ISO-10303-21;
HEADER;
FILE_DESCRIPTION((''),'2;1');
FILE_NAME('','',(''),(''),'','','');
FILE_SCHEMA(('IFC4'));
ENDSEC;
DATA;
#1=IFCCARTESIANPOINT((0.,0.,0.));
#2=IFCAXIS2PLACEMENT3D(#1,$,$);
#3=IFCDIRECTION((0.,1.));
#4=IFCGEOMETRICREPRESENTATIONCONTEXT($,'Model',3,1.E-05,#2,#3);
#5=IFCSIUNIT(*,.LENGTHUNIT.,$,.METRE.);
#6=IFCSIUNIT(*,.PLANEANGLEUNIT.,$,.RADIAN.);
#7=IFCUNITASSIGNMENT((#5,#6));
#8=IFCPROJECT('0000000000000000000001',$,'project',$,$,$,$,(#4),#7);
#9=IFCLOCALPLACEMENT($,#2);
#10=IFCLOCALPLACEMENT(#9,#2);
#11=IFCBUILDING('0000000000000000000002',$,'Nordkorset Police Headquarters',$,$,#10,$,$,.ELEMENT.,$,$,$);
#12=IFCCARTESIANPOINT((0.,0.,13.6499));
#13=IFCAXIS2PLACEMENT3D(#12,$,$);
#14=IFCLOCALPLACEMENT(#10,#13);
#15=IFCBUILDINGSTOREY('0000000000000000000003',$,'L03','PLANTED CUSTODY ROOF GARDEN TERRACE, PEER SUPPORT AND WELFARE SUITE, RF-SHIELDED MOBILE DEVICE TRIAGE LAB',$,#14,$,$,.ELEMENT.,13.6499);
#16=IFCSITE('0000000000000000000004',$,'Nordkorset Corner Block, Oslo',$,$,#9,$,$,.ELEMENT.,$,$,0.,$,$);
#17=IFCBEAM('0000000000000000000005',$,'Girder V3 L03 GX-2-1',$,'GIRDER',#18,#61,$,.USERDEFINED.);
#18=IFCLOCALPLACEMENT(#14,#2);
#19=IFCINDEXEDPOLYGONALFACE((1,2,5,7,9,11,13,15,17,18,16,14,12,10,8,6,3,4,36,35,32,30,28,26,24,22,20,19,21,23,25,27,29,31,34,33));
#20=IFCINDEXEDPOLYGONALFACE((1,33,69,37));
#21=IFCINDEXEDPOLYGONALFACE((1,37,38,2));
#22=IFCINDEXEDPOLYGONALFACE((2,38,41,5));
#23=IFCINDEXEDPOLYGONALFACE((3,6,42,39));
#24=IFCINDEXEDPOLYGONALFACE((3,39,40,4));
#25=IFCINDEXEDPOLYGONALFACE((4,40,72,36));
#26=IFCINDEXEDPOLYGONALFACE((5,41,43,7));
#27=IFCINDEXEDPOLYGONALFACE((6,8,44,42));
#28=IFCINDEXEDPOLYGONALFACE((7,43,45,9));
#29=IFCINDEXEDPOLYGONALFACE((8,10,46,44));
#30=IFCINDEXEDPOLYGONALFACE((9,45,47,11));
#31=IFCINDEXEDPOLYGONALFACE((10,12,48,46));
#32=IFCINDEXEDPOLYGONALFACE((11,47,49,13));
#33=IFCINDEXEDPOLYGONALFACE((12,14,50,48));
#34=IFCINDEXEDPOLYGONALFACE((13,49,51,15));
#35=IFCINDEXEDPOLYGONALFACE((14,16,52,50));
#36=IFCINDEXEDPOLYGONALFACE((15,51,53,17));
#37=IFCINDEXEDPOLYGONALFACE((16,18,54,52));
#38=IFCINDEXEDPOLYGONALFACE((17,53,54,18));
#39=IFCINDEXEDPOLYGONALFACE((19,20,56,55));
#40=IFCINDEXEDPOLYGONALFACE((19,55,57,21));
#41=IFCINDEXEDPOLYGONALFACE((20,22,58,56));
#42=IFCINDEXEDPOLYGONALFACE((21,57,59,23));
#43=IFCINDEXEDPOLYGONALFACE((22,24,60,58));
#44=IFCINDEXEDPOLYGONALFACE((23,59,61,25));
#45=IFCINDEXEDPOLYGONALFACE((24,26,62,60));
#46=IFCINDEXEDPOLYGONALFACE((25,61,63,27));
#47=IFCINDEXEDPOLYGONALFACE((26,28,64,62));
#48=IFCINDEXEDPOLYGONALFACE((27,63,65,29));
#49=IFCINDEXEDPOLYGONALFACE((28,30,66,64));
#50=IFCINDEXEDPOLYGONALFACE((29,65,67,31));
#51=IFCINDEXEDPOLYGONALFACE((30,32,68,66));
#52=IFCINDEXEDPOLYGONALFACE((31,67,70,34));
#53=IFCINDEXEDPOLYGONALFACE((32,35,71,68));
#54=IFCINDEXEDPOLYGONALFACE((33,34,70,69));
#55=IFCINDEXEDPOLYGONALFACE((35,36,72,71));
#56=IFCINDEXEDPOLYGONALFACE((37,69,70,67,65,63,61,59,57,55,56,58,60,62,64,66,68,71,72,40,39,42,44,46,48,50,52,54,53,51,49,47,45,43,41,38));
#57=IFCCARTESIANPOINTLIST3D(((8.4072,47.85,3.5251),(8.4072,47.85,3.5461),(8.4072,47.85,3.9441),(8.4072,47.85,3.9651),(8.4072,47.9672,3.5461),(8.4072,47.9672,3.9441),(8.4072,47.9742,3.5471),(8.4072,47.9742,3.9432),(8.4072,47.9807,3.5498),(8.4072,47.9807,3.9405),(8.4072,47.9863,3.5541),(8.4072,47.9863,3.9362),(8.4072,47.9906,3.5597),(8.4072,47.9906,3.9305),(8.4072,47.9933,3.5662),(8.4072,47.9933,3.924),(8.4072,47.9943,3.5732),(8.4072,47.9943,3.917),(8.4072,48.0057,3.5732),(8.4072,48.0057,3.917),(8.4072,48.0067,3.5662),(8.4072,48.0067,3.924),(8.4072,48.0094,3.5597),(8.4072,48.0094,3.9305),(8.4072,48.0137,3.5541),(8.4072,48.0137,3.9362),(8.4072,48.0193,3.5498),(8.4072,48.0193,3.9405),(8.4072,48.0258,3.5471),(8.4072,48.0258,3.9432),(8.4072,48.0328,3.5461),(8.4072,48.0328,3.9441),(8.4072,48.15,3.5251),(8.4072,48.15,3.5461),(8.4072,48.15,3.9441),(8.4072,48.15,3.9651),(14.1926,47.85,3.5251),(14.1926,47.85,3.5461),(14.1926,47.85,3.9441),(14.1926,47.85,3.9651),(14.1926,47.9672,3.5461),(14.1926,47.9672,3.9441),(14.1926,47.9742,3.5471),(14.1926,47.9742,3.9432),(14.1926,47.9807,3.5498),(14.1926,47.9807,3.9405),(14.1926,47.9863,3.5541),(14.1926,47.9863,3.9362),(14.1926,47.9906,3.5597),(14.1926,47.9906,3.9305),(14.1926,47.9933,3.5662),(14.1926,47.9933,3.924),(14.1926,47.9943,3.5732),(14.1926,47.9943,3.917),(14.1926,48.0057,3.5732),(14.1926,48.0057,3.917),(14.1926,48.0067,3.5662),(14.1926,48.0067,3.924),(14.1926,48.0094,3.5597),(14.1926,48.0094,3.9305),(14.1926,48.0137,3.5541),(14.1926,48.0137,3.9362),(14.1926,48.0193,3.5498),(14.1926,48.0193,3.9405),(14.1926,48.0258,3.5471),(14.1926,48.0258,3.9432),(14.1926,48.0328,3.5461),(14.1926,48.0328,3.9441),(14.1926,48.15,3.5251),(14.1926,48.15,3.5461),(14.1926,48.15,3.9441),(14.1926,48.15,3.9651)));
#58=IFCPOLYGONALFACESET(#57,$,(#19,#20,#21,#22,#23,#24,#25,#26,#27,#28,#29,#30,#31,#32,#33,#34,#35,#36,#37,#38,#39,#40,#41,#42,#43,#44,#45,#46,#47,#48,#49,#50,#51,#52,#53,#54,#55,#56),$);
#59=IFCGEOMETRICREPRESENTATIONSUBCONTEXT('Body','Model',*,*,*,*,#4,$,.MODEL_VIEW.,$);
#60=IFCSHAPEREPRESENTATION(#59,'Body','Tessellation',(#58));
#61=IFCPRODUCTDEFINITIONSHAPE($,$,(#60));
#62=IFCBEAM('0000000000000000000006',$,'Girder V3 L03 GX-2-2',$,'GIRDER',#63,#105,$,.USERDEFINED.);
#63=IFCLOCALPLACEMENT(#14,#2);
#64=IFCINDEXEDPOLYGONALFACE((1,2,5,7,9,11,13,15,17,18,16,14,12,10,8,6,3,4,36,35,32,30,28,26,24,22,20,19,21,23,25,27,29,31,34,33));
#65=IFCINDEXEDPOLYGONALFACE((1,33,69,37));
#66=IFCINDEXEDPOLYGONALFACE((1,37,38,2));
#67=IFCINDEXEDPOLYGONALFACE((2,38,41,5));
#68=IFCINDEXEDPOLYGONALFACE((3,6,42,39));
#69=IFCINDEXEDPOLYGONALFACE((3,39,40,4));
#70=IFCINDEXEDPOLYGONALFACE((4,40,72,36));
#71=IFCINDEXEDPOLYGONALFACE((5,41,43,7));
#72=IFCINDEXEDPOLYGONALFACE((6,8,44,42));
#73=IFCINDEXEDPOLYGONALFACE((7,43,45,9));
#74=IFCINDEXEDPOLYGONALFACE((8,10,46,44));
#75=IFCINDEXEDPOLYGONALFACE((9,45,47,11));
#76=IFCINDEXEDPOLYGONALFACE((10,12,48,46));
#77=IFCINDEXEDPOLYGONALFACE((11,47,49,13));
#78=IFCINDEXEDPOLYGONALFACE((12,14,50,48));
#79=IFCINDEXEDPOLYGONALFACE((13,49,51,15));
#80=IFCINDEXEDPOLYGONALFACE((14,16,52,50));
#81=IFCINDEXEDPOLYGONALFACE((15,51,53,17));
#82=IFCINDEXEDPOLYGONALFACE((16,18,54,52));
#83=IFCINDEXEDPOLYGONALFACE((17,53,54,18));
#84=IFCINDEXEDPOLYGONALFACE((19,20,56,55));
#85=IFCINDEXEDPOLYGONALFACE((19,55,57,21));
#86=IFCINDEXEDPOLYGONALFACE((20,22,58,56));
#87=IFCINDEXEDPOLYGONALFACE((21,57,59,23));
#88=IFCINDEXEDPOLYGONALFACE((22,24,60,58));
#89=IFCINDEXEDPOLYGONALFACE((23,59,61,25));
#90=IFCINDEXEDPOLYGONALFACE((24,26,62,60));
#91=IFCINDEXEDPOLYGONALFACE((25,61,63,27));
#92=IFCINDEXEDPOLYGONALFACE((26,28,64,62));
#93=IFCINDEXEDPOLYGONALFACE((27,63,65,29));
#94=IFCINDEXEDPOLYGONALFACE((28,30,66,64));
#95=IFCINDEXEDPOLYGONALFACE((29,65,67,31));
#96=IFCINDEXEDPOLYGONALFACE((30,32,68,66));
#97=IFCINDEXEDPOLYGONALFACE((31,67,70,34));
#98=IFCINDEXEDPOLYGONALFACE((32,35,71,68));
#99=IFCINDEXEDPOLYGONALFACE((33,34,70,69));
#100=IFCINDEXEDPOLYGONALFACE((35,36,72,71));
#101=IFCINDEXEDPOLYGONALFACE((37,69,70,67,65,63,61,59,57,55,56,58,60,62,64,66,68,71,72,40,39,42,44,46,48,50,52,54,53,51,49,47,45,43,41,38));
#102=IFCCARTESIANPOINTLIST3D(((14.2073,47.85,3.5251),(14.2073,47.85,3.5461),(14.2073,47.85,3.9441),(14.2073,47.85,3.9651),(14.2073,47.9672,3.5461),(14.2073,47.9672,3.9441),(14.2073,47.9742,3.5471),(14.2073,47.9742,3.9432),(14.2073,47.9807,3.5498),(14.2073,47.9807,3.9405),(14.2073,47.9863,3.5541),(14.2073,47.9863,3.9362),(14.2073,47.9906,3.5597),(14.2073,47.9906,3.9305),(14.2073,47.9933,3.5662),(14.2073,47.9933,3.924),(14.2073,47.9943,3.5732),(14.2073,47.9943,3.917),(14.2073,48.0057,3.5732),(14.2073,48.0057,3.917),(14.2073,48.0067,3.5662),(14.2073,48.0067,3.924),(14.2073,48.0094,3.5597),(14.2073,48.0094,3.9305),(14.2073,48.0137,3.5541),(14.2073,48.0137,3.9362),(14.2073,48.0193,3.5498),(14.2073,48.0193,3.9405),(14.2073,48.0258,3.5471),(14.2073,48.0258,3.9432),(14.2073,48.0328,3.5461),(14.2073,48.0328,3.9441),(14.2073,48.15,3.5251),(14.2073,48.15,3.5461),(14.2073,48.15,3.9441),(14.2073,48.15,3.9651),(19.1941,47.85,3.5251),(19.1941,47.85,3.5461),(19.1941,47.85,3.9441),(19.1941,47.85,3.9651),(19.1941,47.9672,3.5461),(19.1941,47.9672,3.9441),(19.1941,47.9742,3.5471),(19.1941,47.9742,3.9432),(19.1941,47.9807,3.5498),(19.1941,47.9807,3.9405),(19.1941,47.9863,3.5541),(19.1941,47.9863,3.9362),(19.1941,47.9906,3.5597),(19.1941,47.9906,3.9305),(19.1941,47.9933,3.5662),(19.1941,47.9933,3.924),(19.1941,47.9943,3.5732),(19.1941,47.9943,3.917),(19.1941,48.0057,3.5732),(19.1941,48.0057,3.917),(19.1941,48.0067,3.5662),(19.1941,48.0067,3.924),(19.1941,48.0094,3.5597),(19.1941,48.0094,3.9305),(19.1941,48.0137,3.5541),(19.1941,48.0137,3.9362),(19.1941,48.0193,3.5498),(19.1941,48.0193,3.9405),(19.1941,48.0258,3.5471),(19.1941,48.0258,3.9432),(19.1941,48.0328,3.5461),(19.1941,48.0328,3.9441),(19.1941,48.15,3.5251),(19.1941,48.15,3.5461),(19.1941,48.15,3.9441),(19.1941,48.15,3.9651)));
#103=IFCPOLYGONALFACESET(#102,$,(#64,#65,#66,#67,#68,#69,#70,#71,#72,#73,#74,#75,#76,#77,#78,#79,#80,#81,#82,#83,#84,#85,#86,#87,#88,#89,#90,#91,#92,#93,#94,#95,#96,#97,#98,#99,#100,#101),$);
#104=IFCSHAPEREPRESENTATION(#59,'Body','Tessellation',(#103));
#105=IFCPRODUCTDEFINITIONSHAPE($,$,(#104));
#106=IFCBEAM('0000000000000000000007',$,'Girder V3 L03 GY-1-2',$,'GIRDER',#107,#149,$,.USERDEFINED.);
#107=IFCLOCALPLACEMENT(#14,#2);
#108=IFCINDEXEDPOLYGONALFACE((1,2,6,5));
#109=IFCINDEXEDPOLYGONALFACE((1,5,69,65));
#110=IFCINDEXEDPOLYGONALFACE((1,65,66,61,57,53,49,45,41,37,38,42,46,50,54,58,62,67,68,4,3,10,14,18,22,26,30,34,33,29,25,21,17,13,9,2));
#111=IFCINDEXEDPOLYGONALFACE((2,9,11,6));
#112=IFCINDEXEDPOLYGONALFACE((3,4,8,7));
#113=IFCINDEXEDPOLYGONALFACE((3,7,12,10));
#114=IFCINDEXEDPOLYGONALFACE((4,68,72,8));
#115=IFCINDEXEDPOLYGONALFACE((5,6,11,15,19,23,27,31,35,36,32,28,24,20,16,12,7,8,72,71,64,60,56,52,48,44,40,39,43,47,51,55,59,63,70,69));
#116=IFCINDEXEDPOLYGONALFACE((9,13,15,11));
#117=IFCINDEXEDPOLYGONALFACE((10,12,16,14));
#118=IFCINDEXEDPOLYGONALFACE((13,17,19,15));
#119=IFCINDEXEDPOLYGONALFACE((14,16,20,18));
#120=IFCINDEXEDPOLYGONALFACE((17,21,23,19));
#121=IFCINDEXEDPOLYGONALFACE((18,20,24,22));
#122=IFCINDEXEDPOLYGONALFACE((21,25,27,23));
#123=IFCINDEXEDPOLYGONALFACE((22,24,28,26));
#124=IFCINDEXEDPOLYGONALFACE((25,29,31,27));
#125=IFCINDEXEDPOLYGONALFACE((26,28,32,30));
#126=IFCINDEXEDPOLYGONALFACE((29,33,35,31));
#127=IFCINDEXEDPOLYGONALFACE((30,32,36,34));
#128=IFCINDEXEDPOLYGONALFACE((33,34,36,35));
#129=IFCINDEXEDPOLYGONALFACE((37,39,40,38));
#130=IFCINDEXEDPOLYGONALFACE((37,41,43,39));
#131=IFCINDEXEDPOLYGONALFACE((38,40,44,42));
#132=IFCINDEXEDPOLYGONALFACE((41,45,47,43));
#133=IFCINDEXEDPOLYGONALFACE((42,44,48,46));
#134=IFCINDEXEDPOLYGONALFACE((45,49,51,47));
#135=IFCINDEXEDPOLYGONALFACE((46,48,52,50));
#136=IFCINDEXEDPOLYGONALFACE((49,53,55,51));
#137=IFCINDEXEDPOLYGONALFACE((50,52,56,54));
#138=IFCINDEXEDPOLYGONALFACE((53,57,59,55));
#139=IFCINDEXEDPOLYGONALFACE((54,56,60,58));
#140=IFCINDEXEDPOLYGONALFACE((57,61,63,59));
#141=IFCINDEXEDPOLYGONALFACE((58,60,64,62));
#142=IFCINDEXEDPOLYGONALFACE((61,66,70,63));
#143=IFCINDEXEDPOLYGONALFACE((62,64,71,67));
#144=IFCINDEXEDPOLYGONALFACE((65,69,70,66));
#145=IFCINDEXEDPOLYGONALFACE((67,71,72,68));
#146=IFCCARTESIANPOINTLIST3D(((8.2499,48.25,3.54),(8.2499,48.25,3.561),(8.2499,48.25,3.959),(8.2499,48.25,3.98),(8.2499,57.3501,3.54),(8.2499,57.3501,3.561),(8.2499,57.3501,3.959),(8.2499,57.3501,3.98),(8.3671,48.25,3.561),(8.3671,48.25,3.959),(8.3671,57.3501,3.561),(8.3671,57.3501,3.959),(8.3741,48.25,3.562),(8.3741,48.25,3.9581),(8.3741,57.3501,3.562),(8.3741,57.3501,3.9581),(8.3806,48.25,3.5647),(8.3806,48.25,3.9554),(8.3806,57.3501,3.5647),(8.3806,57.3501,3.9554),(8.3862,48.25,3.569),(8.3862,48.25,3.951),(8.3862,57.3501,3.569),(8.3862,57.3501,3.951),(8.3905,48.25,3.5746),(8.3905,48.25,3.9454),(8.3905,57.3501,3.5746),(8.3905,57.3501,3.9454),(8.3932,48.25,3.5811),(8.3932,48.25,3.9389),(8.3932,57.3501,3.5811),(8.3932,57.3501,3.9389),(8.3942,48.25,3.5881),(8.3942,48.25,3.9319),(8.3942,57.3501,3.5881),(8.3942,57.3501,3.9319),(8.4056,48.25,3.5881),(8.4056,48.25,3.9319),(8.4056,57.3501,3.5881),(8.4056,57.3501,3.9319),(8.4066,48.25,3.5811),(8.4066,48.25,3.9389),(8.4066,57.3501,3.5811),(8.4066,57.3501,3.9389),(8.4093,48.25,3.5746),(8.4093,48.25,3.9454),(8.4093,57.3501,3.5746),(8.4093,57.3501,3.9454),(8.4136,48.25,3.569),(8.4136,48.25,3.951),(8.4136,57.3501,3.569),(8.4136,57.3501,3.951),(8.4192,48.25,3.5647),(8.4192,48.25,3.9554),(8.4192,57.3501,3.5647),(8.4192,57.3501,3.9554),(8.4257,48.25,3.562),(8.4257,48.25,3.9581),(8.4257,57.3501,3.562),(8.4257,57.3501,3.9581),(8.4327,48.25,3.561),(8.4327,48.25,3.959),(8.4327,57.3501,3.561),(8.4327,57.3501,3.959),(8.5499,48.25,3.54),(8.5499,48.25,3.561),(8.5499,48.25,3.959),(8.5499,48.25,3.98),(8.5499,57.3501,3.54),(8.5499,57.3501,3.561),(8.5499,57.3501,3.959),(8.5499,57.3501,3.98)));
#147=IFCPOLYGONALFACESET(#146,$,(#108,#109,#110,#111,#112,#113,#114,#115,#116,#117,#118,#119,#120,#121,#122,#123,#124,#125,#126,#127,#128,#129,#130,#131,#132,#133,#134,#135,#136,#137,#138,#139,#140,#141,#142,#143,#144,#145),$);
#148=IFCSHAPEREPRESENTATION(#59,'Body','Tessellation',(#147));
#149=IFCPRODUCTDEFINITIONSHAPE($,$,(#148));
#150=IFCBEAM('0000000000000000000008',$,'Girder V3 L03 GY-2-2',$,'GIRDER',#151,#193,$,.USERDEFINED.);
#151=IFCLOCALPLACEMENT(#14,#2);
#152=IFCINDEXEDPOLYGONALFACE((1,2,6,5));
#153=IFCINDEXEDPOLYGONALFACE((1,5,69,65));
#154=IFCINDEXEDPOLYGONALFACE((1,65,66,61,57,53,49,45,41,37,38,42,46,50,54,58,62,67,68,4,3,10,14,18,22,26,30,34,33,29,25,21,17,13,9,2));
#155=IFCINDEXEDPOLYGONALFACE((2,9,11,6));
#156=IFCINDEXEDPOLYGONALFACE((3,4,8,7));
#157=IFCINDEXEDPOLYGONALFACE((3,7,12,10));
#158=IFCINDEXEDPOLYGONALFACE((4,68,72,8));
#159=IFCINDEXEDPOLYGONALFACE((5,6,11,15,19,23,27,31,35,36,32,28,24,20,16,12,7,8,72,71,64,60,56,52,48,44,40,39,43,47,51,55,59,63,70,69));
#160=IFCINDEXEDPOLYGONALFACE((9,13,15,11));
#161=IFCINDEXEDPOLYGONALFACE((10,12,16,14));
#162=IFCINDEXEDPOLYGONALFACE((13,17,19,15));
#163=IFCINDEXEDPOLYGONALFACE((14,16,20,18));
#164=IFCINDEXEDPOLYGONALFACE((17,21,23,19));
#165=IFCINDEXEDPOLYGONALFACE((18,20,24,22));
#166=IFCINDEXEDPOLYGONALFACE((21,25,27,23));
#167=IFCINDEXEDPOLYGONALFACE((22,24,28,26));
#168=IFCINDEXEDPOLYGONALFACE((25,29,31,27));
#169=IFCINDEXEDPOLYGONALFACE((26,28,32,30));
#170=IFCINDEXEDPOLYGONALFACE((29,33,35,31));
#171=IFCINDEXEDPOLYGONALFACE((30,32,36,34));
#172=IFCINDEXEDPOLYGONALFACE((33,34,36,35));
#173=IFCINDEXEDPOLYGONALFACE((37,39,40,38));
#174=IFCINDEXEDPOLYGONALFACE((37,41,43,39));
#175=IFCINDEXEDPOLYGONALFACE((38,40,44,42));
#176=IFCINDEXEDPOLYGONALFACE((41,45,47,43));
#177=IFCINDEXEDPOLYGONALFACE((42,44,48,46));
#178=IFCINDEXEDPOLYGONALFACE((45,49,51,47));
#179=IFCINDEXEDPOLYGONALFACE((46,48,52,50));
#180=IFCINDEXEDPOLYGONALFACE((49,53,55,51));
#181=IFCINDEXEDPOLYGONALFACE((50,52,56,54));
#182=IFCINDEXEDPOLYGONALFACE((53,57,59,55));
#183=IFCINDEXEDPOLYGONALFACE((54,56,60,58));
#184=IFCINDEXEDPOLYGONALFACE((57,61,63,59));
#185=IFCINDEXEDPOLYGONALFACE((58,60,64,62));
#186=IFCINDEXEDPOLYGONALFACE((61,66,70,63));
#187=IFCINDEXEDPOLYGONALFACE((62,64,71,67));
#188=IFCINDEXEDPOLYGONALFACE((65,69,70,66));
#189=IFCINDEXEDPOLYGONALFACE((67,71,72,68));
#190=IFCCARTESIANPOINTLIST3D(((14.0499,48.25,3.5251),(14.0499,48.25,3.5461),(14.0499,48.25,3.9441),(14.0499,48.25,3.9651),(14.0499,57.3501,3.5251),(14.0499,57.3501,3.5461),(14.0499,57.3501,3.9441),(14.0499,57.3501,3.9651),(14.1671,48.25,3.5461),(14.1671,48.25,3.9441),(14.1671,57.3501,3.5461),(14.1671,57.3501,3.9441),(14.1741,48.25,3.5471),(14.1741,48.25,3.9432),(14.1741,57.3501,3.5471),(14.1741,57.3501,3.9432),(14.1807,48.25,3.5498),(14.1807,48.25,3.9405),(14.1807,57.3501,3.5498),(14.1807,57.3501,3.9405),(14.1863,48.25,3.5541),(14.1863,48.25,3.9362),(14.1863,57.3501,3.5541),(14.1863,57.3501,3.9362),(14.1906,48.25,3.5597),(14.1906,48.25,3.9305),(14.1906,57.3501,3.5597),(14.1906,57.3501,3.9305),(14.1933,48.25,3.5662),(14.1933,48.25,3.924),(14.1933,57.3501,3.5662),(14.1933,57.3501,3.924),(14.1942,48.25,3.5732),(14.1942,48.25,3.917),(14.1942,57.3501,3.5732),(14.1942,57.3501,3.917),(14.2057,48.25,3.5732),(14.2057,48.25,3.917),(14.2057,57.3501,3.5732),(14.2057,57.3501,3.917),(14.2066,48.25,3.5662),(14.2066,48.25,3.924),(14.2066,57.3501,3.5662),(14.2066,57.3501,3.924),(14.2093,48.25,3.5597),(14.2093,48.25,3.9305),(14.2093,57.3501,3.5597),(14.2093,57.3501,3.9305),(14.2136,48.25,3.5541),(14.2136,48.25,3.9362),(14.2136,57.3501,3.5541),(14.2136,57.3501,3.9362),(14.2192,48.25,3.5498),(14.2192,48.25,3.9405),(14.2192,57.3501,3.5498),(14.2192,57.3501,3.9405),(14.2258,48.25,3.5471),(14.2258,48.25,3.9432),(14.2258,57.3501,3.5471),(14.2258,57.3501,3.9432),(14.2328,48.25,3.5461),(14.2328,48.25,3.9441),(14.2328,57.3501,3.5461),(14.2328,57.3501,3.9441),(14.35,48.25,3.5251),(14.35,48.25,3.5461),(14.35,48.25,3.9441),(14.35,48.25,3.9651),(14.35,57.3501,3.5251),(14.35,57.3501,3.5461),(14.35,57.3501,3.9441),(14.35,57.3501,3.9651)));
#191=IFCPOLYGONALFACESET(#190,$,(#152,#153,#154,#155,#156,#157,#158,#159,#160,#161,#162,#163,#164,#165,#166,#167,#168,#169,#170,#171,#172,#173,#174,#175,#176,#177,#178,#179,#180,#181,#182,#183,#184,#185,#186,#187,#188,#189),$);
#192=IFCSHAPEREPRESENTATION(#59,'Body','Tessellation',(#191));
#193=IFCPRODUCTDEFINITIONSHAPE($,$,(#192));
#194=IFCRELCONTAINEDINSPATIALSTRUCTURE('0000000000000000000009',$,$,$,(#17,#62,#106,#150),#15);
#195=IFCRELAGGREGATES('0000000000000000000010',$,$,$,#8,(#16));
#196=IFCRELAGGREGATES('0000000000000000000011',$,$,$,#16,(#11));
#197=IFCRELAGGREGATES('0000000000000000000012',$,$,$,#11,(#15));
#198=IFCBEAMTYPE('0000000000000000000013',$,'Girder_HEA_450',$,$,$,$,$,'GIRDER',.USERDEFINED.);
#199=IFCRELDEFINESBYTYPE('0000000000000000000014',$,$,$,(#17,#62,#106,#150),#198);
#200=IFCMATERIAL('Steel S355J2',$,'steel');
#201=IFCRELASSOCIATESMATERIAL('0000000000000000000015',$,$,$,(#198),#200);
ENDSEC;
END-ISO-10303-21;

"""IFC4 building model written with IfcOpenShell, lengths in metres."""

from ifc_helpers import new_model, si_unit, direction, frame, origin, origin_2d, place, context, subcontext, project, spatial, i_section, extrude, material, material_profile, profile_set, type_object, element, save


model = new_model("IFC4")

# Units and contexts
model_context = context("Model", 3, precision=1e-05, world=origin(), true_north=direction((0.0, 1.0)))
body_context = subcontext(model_context, "Body", "Model", "MODEL_VIEW")
ifc_project = project(units=[si_unit("LENGTHUNIT", "METRE"), si_unit("PLANEANGLEUNIT", "RADIAN")], contexts=[model_context])

# Site, building, storey
site_placement = place(None, origin())
site = spatial("IfcSite", under=ifc_project, at=site_placement, Name="Nordkorset Corner Block, Oslo", CompositionType="ELEMENT", RefElevation=0.0)
building_placement = place(site_placement, origin())
building = spatial("IfcBuilding", under=site, at=building_placement, Name="Nordkorset Police Headquarters", CompositionType="ELEMENT")
storey_placement = place(building_placement, frame((0.0, 0.0, 13.6499)))
storey = spatial("IfcBuildingStorey", under=building, at=storey_placement, Name="L03", Description="PLANTED CUSTODY ROOF GARDEN TERRACE, PEER SUPPORT AND WELFARE SUITE, RF-SHIELDED MOBILE DEVICE TRIAGE LAB", CompositionType="ELEMENT", Elevation=13.6499)

# Beams
ifc_material_1 = material(Name="Steel S355J2", Category="steel")
ifc_material_profile_1 = material_profile(ifc_material_1, i_section(OverallWidth=0.3, OverallDepth=0.4399, WebThickness=0.0115, FlangeThickness=0.021, FilletRadius=0.0271, at=origin_2d()), Name="HEA 450")
ifc_profile_set_1 = profile_set([ifc_material_profile_1], Name="Steel S355J2")
beam_type_1 = type_object("IfcBeamType", Name="Girder_HEA_450", ElementType="GIRDER", PredefinedType="USERDEFINED", material=ifc_profile_set_1)
beam_1_placement = place(storey_placement, frame((8.4072, 48.0, 3.7451), z_axis=(1.0, 0.0, 0.0), x_axis=(0.0, 1.0, 0.0)))
element("IfcBeam", 1, at=beam_1_placement, inside=storey, type_object=beam_type_1, Name="Girder V3 L03 GX-2-1", ObjectType="GIRDER", PredefinedType="USERDEFINED", context=body_context, shape_type="SweptSolid", body=[
    extrude(i_section(OverallWidth=0.3, OverallDepth=0.4399, WebThickness=0.0115, FlangeThickness=0.021, FilletRadius=0.0271, at=origin_2d()), origin(), (0.0, 0.0, 1.0), 5.7854),
])
beam_2_placement = place(storey_placement, frame((14.2073, 48.0, 3.7451), z_axis=(1.0, 0.0, 0.0), x_axis=(0.0, 1.0, 0.0)))
element("IfcBeam", 2, at=beam_2_placement, inside=storey, type_object=beam_type_1, Name="Girder V3 L03 GX-2-2", ObjectType="GIRDER", PredefinedType="USERDEFINED", context=body_context, shape_type="SweptSolid", body=[
    extrude(i_section(OverallWidth=0.3, OverallDepth=0.4399, WebThickness=0.0115, FlangeThickness=0.021, FilletRadius=0.0271, at=origin_2d()), origin(), (0.0, 0.0, 1.0), 4.9868),
])
for number, where, z_axis, x_axis, name in (
    (3, (8.3999, 48.25, 3.76), (0.0, 1.0, 0.0), (-1.0, 0.0, 0.0), "Girder V3 L03 GY-1-2"),
    (4, (14.2, 48.25, 3.7451), (0.0, 1.0, 0.0), (-1.0, 0.0, 0.0), "Girder V3 L03 GY-2-2"),
):
    element("IfcBeam", number, at=place(storey_placement, frame(where, z_axis=z_axis, x_axis=x_axis)), inside=storey, type_object=beam_type_1, Name=name, ObjectType="GIRDER", PredefinedType="USERDEFINED", context=body_context, shape_type="SweptSolid", body=[
        extrude(i_section(OverallWidth=0.3, OverallDepth=0.4399, WebThickness=0.0115, FlangeThickness=0.021, FilletRadius=0.0271, at=origin_2d()), origin(), (0.0, 0.0, 1.0), 9.1001),
    ])

save(model, "model.ifc")
